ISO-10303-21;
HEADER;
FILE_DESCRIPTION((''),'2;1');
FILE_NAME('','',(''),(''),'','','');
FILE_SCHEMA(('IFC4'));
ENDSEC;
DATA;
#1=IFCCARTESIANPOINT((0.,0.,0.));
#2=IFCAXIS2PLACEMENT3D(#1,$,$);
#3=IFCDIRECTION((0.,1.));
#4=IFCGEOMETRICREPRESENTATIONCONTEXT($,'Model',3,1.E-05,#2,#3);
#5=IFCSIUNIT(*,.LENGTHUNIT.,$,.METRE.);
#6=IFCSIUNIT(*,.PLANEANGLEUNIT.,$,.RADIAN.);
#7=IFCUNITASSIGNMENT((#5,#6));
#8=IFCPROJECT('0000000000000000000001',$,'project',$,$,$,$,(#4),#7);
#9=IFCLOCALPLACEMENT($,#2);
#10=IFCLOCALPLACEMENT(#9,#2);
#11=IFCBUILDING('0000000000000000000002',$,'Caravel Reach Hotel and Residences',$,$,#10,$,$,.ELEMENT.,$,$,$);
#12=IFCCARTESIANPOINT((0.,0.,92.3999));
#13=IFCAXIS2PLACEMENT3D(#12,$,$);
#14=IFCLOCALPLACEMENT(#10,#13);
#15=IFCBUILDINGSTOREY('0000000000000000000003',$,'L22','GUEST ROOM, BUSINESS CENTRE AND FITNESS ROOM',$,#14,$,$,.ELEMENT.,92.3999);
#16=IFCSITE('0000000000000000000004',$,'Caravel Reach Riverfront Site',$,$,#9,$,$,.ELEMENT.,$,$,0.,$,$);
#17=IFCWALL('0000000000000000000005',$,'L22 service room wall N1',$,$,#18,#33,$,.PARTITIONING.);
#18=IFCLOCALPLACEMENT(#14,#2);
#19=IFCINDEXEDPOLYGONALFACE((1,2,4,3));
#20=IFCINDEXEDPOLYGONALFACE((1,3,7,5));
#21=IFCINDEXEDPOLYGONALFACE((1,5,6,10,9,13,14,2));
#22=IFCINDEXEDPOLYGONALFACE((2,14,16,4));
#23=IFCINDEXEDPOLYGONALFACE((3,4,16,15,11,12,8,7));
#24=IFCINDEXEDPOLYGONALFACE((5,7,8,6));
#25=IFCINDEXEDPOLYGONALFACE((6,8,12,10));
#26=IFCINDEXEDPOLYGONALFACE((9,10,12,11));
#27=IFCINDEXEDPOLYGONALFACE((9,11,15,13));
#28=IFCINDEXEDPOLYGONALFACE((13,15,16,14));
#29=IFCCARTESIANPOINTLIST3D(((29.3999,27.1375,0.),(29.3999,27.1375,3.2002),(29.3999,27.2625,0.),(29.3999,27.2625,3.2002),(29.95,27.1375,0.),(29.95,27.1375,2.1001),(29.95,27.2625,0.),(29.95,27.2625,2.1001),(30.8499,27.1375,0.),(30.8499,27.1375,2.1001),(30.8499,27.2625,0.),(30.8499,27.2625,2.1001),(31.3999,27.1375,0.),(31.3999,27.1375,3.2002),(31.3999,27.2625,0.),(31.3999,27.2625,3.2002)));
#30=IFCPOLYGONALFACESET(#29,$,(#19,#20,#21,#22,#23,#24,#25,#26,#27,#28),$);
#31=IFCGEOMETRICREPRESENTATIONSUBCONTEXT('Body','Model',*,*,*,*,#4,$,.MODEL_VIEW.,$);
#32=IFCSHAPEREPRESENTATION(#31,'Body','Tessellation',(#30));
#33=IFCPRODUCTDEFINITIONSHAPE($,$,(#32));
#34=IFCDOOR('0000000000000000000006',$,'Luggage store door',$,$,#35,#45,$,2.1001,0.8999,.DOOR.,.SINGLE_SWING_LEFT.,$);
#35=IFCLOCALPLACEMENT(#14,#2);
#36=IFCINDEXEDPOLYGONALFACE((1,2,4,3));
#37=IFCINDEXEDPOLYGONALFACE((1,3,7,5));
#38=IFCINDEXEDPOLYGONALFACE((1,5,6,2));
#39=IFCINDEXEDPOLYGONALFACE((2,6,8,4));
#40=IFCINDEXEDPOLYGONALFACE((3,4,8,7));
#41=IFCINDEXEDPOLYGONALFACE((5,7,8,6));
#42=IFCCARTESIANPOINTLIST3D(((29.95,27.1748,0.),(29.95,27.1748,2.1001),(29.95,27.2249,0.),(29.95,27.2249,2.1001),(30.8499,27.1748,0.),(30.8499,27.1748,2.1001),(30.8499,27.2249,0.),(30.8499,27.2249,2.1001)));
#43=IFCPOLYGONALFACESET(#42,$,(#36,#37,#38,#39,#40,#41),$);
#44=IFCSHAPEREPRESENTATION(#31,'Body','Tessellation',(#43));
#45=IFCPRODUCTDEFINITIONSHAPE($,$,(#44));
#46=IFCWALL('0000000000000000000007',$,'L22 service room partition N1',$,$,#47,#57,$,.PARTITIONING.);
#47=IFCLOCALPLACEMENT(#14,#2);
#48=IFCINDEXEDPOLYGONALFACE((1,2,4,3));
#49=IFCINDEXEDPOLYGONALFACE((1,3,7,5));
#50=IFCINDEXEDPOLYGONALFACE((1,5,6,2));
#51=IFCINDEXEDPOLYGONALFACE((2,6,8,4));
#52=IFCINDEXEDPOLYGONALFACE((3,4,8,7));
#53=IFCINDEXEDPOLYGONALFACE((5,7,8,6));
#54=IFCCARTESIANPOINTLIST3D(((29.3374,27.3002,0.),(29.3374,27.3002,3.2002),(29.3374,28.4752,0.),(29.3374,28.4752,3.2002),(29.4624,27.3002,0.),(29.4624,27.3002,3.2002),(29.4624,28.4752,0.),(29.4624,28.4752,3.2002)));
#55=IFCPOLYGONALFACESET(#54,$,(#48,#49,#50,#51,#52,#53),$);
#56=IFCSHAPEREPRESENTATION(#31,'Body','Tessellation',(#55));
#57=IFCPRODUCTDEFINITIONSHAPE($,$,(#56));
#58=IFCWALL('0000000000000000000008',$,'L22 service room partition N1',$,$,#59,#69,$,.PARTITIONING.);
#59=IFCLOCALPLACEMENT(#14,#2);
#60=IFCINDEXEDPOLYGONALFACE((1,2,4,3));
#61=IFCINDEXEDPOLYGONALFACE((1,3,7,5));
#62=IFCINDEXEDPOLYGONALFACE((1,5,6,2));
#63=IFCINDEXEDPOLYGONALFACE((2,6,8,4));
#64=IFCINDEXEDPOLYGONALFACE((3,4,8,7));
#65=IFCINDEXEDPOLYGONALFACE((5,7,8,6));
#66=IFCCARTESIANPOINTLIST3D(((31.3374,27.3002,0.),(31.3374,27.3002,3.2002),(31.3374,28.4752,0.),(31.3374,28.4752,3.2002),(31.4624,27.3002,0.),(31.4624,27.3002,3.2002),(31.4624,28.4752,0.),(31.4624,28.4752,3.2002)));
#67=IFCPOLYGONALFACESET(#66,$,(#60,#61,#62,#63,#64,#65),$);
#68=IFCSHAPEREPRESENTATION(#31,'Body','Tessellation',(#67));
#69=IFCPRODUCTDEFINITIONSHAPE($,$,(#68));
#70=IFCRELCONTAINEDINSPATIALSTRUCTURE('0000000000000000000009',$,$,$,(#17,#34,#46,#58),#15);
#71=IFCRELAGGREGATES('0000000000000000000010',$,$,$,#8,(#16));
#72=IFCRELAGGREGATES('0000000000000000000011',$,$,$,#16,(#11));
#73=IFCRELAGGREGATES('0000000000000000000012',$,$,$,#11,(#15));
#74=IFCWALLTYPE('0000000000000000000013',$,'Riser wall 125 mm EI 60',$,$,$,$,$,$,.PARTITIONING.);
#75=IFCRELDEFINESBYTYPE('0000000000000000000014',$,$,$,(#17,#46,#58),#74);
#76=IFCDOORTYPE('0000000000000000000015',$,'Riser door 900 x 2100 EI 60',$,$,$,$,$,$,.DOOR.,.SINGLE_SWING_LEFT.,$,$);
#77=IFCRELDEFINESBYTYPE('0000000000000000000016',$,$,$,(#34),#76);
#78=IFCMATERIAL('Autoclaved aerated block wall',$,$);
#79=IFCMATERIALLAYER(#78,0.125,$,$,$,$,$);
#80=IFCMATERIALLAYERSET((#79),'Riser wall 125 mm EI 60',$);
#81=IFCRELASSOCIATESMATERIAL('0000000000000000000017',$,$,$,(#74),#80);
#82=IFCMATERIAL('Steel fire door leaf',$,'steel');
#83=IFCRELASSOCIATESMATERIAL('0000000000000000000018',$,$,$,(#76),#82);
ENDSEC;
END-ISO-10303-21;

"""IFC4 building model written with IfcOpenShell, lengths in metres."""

from ifc_helpers import new_model, si_unit, direction, frame, frame_2d, origin, place, context, subcontext, project, spatial, rectangle, extrude, material, layer, layer_set, type_object, element, fill, save


model = new_model("IFC4")

# Units and contexts
model_context = context("Model", 3, precision=1e-05, world=origin(), true_north=direction((0.0, 1.0)))
body_context = subcontext(model_context, "Body", "Model", "MODEL_VIEW")
ifc_project = project(units=[si_unit("LENGTHUNIT", "METRE"), si_unit("PLANEANGLEUNIT", "RADIAN")], contexts=[model_context])

# Site, building, storey
site_placement = place(None, origin())
site = spatial("IfcSite", under=ifc_project, at=site_placement, Name="Caravel Reach Riverfront Site", CompositionType="ELEMENT", RefElevation=0.0)
building_placement = place(site_placement, origin())
building = spatial("IfcBuilding", under=site, at=building_placement, Name="Caravel Reach Hotel and Residences", CompositionType="ELEMENT")
storey_placement = place(building_placement, frame((0.0, 0.0, 92.3999)))
storey = spatial("IfcBuildingStorey", under=building, at=storey_placement, Name="L22", Description="GUEST ROOM, BUSINESS CENTRE AND FITNESS ROOM", CompositionType="ELEMENT", Elevation=92.3999)

# Wall, opening, door
ifc_material_1 = material(Name="Autoclaved aerated block wall")
ifc_layer_1 = layer(ifc_material_1, 0.125)
ifc_layer_set_1 = layer_set([ifc_layer_1], Name="Riser wall 125 mm EI 60")
wall_type_1 = type_object("IfcWallType", Name="Riser wall 125 mm EI 60", PredefinedType="PARTITIONING", material=ifc_layer_set_1)
wall_1_placement = place(storey_placement, frame((29.3999, 27.2, 0.0), z_axis=(0.0, 0.0, 1.0), x_axis=(1.0, 0.0, 0.0)))
wall_1 = element("IfcWall", 1, at=wall_1_placement, inside=storey, type_object=wall_type_1, Name="L22 service room wall N1", PredefinedType="PARTITIONING", context=body_context, shape_type="SweptSolid", body=[
    extrude(rectangle(XDim=2.0, YDim=0.125, at=frame_2d((1.0, 0.0))), origin(), (0.0, 0.0, 1.0), 3.2002),
])
opening_1_placement = place(wall_1_placement, frame((0.55, 0.0, 0.0)))
opening_1 = element("IfcOpeningElement", 2, at=opening_1_placement, cuts=wall_1, PredefinedType="OPENING", context=body_context, shape_type="SweptSolid", body=[
    extrude(rectangle(XDim=0.8999, YDim=2.1001, at=frame_2d((0.45, 1.05))), frame((0.0, 0.0725, 0.0), z_axis=(0.0, -1.0, 0.0), x_axis=(1.0, 0.0, 0.0)), (0.0, 0.0, 1.0), 0.145),
])
ifc_material_2 = material(Name="Steel fire door leaf", Category="steel")
door_type_1 = type_object("IfcDoorType", Name="Riser door 900 x 2100 EI 60", OperationType="SINGLE_SWING_LEFT", PredefinedType="DOOR", material=ifc_material_2)
door_1_placement = place(opening_1_placement, origin())
door_1 = element("IfcDoor", 3, at=door_1_placement, inside=storey, type_object=door_type_1, Name="Luggage store door", OperationType="SINGLE_SWING_LEFT", OverallHeight=2.1001, OverallWidth=0.8999, PredefinedType="DOOR", context=body_context, shape_type="SweptSolid", body=[
    extrude(rectangle(XDim=0.8999, YDim=2.1001, at=frame_2d((0.45, 1.05))), frame((0.0, 0.0249, 0.0), z_axis=(0.0, -1.0, 0.0), x_axis=(1.0, 0.0, 0.0)), (0.0, 0.0, 1.0), 0.05),
])
fill(opening_1, door_1)

# Walls
for number, where, z_axis, x_axis, name in (
    (4, (29.3999, 28.4751, 0.0), (0.0, 0.0, 1.0), (0.0, -1.0, 0.0), "L22 service room partition N1"),
    (5, (31.3999, 28.4751, 0.0), (0.0, 0.0, 1.0), (0.0, -1.0, 0.0), "L22 service room partition N1"),
):
    element("IfcWall", number, at=place(storey_placement, frame(where, z_axis=z_axis, x_axis=x_axis)), inside=storey, type_object=wall_type_1, Name=name, PredefinedType="PARTITIONING", context=body_context, shape_type="SweptSolid", body=[
        extrude(rectangle(XDim=1.175, YDim=0.125, at=frame_2d((0.5874, 0.0))), origin(), (0.0, 0.0, 1.0), 3.2002),
    ])

save(model, "model.ifc")
